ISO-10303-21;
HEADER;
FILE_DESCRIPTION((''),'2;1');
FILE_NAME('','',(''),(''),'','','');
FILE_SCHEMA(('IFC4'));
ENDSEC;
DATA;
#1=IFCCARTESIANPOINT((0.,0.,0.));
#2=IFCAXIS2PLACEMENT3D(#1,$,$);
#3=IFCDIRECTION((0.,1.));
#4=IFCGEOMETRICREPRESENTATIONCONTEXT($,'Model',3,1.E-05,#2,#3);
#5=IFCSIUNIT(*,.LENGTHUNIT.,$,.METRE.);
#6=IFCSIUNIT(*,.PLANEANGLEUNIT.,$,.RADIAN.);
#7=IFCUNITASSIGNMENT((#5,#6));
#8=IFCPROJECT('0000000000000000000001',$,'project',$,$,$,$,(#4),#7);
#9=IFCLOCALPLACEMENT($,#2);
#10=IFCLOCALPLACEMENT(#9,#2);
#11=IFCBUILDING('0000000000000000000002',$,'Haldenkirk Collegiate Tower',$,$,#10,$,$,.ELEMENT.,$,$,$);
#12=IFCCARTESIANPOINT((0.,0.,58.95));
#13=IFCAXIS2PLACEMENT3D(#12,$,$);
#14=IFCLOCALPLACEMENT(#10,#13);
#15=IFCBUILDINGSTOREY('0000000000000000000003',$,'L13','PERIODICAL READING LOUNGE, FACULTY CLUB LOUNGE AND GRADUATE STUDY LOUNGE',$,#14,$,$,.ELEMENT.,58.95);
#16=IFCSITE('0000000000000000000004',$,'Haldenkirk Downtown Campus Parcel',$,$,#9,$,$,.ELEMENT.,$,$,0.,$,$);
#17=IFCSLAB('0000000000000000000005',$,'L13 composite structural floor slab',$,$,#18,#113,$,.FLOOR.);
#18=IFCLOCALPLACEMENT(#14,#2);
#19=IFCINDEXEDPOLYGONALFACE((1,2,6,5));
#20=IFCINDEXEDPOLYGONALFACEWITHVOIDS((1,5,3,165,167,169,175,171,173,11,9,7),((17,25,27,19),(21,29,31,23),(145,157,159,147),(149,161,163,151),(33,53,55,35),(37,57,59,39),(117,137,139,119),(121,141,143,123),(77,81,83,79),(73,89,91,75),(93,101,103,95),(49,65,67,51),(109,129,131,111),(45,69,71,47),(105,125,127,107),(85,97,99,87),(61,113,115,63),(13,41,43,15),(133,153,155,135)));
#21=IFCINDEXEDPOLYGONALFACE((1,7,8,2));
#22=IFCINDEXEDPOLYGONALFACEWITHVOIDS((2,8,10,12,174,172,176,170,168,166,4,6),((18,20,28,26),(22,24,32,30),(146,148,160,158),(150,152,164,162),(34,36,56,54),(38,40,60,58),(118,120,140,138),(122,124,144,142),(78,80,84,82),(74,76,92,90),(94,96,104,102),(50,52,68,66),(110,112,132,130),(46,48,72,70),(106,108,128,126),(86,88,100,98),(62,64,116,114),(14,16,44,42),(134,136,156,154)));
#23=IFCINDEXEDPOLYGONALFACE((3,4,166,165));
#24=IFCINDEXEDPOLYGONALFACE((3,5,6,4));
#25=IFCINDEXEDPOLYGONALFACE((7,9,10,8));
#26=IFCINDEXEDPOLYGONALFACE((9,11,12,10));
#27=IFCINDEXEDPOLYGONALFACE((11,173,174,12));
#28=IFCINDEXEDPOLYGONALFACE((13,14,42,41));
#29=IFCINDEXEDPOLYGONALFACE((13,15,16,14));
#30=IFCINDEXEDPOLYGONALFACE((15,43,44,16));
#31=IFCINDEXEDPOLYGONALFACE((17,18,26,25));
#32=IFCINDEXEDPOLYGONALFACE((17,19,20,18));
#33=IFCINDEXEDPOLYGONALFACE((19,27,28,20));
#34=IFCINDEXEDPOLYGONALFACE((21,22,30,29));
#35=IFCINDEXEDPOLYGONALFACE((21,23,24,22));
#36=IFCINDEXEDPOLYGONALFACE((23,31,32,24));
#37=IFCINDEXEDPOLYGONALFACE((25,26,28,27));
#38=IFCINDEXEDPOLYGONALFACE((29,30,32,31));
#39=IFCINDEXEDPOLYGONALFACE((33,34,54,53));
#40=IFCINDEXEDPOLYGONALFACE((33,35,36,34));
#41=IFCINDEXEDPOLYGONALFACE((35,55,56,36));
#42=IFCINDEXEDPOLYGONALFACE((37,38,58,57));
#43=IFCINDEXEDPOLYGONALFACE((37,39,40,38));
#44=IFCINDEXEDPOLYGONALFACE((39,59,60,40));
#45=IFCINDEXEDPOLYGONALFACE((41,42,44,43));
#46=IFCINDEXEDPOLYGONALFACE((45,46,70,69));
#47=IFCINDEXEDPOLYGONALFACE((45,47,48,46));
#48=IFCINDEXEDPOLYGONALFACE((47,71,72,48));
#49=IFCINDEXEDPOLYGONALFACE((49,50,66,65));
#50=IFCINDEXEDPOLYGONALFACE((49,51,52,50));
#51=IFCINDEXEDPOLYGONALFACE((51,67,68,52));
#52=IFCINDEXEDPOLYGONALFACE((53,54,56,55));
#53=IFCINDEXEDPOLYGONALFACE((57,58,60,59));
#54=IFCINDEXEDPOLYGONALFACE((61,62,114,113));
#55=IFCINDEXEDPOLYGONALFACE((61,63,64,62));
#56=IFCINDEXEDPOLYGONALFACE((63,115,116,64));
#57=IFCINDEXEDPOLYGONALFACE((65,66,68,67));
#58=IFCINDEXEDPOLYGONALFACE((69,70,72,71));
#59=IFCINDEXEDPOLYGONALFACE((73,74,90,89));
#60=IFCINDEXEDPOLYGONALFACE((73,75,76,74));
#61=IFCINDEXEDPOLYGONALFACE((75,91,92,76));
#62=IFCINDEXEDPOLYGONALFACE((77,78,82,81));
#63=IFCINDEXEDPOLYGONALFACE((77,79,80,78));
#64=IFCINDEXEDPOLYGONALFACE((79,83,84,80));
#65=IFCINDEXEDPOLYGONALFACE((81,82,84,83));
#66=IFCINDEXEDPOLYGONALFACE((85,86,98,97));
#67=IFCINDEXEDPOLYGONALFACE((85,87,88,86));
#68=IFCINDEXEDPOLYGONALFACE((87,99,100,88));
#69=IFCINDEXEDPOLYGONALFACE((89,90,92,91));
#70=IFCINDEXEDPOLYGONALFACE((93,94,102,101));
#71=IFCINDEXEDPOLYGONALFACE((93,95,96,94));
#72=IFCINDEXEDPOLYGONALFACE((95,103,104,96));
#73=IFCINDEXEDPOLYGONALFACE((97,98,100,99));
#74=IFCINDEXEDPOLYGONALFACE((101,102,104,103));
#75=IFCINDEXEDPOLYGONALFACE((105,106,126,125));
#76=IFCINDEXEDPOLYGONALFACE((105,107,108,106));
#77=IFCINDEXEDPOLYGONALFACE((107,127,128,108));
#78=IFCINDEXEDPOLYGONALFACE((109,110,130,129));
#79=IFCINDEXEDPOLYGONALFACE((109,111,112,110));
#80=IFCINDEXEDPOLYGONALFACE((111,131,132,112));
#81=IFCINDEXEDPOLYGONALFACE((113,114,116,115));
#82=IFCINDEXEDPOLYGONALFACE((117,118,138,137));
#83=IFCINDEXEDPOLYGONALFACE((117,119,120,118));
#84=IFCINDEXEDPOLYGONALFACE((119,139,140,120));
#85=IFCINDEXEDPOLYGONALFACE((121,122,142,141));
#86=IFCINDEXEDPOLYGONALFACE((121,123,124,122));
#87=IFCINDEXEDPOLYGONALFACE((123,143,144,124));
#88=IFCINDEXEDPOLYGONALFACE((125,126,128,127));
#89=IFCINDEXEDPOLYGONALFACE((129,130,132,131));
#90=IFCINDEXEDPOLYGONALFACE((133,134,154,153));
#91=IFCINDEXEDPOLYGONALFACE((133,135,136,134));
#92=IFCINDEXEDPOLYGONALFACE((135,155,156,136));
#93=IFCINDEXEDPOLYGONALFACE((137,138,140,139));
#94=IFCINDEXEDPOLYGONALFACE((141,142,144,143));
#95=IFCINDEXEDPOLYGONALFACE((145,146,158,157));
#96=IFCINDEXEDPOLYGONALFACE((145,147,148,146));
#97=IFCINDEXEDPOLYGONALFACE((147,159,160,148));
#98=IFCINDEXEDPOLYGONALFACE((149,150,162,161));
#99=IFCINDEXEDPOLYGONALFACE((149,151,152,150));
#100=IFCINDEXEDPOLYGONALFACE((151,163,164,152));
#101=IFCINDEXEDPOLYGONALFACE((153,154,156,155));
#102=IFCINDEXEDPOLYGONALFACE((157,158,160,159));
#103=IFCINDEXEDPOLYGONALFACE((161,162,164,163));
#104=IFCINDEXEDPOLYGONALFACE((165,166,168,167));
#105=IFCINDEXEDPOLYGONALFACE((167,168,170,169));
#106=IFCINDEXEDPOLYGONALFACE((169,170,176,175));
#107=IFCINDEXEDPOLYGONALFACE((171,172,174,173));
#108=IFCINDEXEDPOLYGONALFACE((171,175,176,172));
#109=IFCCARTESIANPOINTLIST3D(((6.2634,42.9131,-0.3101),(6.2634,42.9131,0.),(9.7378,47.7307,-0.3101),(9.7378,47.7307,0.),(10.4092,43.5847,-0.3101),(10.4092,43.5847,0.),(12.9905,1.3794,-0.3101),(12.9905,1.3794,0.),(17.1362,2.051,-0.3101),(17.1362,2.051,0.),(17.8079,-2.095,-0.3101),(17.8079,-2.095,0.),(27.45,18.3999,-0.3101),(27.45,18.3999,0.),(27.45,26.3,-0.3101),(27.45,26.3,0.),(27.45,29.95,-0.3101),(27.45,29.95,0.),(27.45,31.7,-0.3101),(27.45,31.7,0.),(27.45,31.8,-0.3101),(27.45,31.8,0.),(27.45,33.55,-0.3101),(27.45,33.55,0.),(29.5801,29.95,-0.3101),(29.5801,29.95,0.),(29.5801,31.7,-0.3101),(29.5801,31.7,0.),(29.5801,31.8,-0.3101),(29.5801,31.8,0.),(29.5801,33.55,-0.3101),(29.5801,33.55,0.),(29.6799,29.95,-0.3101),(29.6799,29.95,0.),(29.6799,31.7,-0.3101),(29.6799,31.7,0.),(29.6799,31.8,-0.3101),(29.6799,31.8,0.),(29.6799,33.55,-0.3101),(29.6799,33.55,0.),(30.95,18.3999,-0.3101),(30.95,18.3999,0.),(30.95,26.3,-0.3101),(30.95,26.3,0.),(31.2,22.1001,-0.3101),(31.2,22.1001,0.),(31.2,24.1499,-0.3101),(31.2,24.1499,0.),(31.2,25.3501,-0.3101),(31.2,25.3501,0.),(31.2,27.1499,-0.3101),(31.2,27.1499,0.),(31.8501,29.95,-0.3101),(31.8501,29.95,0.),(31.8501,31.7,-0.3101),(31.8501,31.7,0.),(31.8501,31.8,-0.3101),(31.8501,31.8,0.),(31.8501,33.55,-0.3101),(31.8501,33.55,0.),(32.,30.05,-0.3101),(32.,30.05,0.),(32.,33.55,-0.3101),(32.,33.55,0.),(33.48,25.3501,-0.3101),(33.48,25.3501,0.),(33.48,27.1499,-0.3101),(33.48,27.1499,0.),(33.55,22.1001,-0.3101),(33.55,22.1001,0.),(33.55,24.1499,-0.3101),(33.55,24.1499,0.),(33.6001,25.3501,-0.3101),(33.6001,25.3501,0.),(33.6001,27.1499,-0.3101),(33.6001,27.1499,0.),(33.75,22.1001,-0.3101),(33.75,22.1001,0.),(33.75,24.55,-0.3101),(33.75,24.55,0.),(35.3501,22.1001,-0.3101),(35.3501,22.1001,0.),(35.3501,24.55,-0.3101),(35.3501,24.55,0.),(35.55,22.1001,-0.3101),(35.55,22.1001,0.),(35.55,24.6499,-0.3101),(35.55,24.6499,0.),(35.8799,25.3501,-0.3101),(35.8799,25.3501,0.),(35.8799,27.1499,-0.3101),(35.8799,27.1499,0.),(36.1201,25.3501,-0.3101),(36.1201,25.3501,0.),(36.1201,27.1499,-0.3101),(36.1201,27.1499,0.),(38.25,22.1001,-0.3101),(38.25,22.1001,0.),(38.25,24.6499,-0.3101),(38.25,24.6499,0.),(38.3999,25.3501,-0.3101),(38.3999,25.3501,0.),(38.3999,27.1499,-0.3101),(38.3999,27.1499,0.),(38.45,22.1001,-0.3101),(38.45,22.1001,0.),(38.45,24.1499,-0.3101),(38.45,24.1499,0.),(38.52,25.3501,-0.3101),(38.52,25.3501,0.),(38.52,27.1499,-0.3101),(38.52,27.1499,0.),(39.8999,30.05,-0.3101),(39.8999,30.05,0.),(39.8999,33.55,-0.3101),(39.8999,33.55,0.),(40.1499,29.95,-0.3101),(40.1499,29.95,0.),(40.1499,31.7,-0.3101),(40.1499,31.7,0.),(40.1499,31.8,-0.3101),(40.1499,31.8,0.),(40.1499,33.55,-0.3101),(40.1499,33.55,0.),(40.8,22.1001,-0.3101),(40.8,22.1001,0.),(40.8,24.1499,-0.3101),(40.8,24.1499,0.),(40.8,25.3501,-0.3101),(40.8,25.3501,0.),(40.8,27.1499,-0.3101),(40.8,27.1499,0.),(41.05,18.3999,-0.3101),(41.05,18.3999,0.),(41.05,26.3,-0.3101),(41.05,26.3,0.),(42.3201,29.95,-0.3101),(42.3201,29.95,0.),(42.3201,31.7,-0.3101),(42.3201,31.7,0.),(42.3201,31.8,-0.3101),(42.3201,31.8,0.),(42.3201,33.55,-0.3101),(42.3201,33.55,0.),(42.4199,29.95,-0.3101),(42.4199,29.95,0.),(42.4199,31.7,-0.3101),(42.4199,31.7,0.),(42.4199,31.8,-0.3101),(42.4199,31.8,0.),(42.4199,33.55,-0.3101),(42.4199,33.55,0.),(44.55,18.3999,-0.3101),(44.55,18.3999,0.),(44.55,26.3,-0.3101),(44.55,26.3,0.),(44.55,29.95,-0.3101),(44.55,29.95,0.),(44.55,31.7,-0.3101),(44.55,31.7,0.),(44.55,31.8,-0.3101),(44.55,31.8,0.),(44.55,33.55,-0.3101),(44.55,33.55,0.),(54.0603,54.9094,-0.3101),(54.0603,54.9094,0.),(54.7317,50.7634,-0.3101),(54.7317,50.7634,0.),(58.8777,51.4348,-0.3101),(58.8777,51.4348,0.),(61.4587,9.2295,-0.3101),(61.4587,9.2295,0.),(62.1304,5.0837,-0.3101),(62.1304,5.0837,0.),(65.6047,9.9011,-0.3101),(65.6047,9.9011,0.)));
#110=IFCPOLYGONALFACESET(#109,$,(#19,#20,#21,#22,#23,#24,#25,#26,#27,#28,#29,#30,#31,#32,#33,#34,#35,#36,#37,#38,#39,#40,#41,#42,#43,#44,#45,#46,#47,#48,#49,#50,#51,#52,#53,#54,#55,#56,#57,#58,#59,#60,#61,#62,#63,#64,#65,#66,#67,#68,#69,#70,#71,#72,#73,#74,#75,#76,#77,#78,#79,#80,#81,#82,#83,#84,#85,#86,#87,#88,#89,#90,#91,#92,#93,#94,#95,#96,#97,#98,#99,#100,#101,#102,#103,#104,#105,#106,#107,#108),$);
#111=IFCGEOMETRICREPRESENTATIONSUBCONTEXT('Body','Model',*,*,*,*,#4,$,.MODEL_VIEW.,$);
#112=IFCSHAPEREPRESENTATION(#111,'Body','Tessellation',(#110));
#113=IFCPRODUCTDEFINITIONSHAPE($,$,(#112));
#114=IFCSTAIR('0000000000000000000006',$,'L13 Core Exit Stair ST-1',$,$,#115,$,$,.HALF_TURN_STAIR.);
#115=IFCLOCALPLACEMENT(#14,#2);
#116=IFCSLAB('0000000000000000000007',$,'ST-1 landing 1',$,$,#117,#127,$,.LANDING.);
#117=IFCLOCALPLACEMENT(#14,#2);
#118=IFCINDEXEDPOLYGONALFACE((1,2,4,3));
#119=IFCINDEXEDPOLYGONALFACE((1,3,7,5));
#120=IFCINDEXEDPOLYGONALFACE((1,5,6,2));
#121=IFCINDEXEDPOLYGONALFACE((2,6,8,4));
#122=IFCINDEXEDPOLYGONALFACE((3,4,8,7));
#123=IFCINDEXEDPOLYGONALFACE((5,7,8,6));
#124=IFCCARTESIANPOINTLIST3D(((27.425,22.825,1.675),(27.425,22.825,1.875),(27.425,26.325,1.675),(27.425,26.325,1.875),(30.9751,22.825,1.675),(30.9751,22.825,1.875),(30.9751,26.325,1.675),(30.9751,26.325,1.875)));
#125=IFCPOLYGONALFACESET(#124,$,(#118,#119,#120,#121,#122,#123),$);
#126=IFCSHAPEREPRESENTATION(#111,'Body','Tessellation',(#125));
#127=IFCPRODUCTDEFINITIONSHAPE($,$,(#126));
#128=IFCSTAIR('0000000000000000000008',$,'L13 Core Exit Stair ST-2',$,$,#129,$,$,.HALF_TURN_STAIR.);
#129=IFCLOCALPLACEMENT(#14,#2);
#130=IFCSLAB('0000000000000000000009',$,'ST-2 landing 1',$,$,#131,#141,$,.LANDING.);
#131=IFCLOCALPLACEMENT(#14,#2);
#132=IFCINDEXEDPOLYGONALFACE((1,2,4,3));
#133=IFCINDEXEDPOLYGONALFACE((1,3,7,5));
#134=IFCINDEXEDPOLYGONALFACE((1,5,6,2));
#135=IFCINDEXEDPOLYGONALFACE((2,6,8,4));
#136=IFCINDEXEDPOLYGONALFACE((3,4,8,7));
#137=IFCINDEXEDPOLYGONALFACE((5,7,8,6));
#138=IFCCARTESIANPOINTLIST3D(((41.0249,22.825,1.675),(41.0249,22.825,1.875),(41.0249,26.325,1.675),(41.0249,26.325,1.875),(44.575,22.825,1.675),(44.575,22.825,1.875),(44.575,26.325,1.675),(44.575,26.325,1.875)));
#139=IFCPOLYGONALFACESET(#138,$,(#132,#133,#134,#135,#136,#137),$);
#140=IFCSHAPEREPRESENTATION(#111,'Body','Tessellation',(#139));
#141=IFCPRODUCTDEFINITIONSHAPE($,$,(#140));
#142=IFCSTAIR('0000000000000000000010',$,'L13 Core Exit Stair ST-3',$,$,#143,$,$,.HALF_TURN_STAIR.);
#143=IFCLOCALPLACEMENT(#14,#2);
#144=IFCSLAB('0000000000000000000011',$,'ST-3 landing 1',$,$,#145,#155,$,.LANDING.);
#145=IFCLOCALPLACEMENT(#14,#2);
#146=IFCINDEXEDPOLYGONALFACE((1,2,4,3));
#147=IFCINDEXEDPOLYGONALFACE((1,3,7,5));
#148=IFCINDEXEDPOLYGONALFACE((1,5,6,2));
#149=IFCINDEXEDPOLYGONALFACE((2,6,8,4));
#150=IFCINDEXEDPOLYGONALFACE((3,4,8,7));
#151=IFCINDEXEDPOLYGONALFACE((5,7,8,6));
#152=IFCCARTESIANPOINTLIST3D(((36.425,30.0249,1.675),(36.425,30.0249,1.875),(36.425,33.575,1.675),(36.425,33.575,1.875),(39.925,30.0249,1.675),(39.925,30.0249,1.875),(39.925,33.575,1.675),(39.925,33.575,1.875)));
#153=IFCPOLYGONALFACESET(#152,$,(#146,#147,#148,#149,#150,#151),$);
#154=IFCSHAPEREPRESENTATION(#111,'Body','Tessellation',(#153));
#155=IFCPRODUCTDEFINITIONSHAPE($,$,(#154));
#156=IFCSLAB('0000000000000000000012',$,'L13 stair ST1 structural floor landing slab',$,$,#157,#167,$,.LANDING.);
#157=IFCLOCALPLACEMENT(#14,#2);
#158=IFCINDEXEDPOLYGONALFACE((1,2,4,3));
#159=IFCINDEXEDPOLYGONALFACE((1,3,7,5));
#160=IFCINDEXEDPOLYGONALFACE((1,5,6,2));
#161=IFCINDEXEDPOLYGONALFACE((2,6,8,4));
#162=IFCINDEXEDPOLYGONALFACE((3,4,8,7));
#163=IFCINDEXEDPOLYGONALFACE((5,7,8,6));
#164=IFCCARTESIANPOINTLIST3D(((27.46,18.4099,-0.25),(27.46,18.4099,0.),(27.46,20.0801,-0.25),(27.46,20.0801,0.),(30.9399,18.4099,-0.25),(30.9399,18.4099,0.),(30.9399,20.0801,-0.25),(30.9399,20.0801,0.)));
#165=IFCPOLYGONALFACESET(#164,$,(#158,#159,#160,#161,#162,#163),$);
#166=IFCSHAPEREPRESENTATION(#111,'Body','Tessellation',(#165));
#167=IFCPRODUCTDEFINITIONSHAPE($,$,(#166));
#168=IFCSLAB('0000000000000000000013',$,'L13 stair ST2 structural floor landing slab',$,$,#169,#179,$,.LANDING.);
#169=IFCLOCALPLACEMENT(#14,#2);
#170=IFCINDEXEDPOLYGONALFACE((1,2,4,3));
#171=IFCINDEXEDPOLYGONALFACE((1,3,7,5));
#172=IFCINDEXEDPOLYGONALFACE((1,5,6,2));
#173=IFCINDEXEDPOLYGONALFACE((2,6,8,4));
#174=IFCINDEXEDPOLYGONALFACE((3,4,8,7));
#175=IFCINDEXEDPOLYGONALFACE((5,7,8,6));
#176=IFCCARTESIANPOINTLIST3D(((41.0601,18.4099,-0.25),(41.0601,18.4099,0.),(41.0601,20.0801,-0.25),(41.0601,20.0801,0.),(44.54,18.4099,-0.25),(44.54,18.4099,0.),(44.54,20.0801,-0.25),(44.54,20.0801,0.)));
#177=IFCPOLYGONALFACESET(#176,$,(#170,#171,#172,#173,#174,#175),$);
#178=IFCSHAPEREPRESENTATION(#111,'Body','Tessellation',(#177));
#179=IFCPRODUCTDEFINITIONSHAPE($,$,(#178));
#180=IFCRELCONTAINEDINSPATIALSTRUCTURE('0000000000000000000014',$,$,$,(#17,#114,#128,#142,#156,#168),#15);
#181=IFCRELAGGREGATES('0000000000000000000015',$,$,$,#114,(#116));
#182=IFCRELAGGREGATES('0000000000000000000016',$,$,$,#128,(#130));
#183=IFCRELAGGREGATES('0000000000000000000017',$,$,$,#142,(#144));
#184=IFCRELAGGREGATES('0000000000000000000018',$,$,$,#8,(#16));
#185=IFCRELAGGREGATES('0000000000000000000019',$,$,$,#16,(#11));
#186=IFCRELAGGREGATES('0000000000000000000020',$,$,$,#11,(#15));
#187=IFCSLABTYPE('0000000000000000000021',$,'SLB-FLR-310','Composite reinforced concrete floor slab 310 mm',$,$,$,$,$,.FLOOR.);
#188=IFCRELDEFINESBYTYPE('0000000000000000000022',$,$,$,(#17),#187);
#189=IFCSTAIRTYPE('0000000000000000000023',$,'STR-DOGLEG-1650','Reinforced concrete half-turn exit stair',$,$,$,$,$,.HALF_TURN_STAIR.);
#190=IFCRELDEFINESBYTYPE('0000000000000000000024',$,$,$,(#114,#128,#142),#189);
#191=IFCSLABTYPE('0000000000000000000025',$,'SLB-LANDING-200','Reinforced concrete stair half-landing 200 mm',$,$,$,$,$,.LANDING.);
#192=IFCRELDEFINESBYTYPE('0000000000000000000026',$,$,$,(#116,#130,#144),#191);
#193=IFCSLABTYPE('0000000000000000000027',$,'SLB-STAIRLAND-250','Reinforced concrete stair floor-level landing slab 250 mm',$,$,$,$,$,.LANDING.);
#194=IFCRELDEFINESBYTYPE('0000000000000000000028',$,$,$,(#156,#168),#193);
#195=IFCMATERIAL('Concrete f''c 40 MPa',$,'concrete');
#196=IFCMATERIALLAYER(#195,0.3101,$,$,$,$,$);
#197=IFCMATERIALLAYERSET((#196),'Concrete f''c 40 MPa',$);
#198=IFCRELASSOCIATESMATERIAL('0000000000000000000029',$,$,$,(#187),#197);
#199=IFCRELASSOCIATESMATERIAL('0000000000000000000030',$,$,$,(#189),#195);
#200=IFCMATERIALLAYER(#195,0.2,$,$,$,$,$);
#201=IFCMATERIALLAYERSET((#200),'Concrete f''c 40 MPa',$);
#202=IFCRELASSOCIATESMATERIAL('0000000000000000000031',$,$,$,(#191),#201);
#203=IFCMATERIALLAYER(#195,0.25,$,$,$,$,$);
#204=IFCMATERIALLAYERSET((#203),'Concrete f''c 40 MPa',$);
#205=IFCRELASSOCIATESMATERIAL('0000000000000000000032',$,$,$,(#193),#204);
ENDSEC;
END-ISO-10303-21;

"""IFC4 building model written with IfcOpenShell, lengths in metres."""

from ifc_helpers import new_model, si_unit, direction, frame, origin, place, context, subcontext, project, spatial, polyline, outline, extrude, material, layer, layer_set, type_object, element, aggregate, save


model = new_model("IFC4")

# Units and contexts
model_context = context("Model", 3, precision=1e-05, world=origin(), true_north=direction((0.0, 1.0)))
body_context = subcontext(model_context, "Body", "Model", "MODEL_VIEW")
ifc_project = project(units=[si_unit("LENGTHUNIT", "METRE"), si_unit("PLANEANGLEUNIT", "RADIAN")], contexts=[model_context])

# Site, building, storey
site_placement = place(None, origin())
site = spatial("IfcSite", under=ifc_project, at=site_placement, Name="Haldenkirk Downtown Campus Parcel", CompositionType="ELEMENT", RefElevation=0.0)
building_placement = place(site_placement, origin())
building = spatial("IfcBuilding", under=site, at=building_placement, Name="Haldenkirk Collegiate Tower", CompositionType="ELEMENT")
storey_placement = place(building_placement, frame((0.0, 0.0, 58.95)))
storey = spatial("IfcBuildingStorey", under=building, at=storey_placement, Name="L13", Description="PERIODICAL READING LOUNGE, FACULTY CLUB LOUNGE AND GRADUATE STUDY LOUNGE", CompositionType="ELEMENT", Elevation=58.95)

# Slab
ifc_material_1 = material(Name="Concrete f'c 40 MPa", Category="concrete")
ifc_layer_1 = layer(ifc_material_1, 0.3101)
ifc_layer_set_1 = layer_set([ifc_layer_1], Name="Concrete f'c 40 MPa")
slab_type_1 = type_object("IfcSlabType", Name="SLB-FLR-310", Description="Composite reinforced concrete floor slab 310 mm", PredefinedType="FLOOR", material=ifc_layer_set_1)
slab_1_placement = place(storey_placement, frame((0.0, 0.0, -0.3101)))
element("IfcSlab", 1, at=slab_1_placement, inside=storey, type_object=slab_type_1, Name="L13 composite structural floor slab", PredefinedType="FLOOR", context=body_context, shape_type="SweptSolid", body=[
    extrude(outline(polyline([(17.8079, -2.095), (62.1304, 5.0837), (61.4587, 9.2295), (65.6047, 9.9011), (58.8777, 51.4348), (54.7317, 50.7634), (54.0603, 54.9094), (9.7378, 47.7307), (10.4092, 43.5847), (6.2634, 42.9131), (12.9905, 1.3794), (17.1362, 2.051), (17.8079, -2.095)]), holes=[polyline([(27.45, 18.3999), (30.95, 18.3999), (30.95, 26.3), (27.45, 26.3), (27.45, 18.3999)]), polyline([(41.05, 18.3999), (44.55, 18.3999), (44.55, 26.3), (41.05, 26.3), (41.05, 18.3999)]), polyline([(32.0, 30.05), (39.8999, 30.05), (39.8999, 33.55), (32.0, 33.55), (32.0, 30.05)]), polyline([(33.75, 22.1001), (35.3501, 22.1001), (35.3501, 24.55), (33.75, 24.55), (33.75, 22.1001)]), polyline([(27.45, 29.95), (29.5801, 29.95), (29.5801, 31.7), (27.45, 31.7), (27.45, 29.95)]), polyline([(29.6799, 29.95), (31.8501, 29.95), (31.8501, 31.7), (29.6799, 31.7), (29.6799, 29.95)]), polyline([(27.45, 31.8), (29.5801, 31.8), (29.5801, 33.55), (27.45, 33.55), (27.45, 31.8)]), polyline([(29.6799, 31.8), (31.8501, 31.8), (31.8501, 33.55), (29.6799, 33.55), (29.6799, 31.8)]), polyline([(40.1499, 29.95), (42.3201, 29.95), (42.3201, 31.7), (40.1499, 31.7), (40.1499, 29.95)]), polyline([(42.4199, 29.95), (44.55, 29.95), (44.55, 31.7), (42.4199, 31.7), (42.4199, 29.95)]), polyline([(40.1499, 31.8), (42.3201, 31.8), (42.3201, 33.55), (40.1499, 33.55), (40.1499, 31.8)]), polyline([(42.4199, 31.8), (44.55, 31.8), (44.55, 33.55), (42.4199, 33.55), (42.4199, 31.8)]), polyline([(31.2, 25.3501), (33.48, 25.3501), (33.48, 27.1499), (31.2, 27.1499), (31.2, 25.3501)]), polyline([(33.6001, 25.3501), (35.8799, 25.3501), (35.8799, 27.1499), (33.6001, 27.1499), (33.6001, 25.3501)]), polyline([(36.1201, 25.3501), (38.3999, 25.3501), (38.3999, 27.1499), (36.1201, 27.1499), (36.1201, 25.3501)]), polyline([(38.52, 25.3501), (40.8, 25.3501), (40.8, 27.1499), (38.52, 27.1499), (38.52, 25.3501)]), polyline([(31.2, 22.1001), (33.55, 22.1001), (33.55, 24.1499), (31.2, 24.1499), (31.2, 22.1001)]), polyline([(38.45, 22.1001), (40.8, 22.1001), (40.8, 24.1499), (38.45, 24.1499), (38.45, 22.1001)]), polyline([(35.55, 22.1001), (38.25, 22.1001), (38.25, 24.6499), (35.55, 24.6499), (35.55, 22.1001)])]), origin(), (0.0, 0.0, 1.0), 0.3101),
])

# Stairs, slabs
stair_type = type_object("IfcStairType", Name="STR-DOGLEG-1650", Description="Reinforced concrete half-turn exit stair", PredefinedType="HALF_TURN_STAIR", material=ifc_material_1)
stair_1_placement = place(storey_placement, origin())
stair_1 = element("IfcStair", 2, at=stair_1_placement, inside=storey, type_object=stair_type, Name="L13 Core Exit Stair ST-1", PredefinedType="HALF_TURN_STAIR")
ifc_layer_2 = layer(ifc_material_1, 0.2)
ifc_layer_set_2 = layer_set([ifc_layer_2], Name="Concrete f'c 40 MPa")
slab_type_2 = type_object("IfcSlabType", Name="SLB-LANDING-200", Description="Reinforced concrete stair half-landing 200 mm", PredefinedType="LANDING", material=ifc_layer_set_2)
slab_2_placement = place(storey_placement, frame((0.0, 0.0, 1.675)))
slab_2 = element("IfcSlab", 3, at=slab_2_placement, type_object=slab_type_2, Name="ST-1 landing 1", PredefinedType="LANDING", context=body_context, shape_type="SweptSolid", body=[
    extrude(outline(polyline([(30.9751, 22.825), (27.425, 22.825), (27.425, 26.325), (30.9751, 26.325), (30.9751, 22.825)])), origin(), (0.0, 0.0, 1.0), 0.2),
])
aggregate(stair_1, [slab_2])
stair_2_placement = place(storey_placement, origin())
stair_2 = element("IfcStair", 4, at=stair_2_placement, inside=storey, type_object=stair_type, Name="L13 Core Exit Stair ST-2", PredefinedType="HALF_TURN_STAIR")
slab_3_placement = place(storey_placement, frame((0.0, 0.0, 1.675)))
slab_3 = element("IfcSlab", 5, at=slab_3_placement, type_object=slab_type_2, Name="ST-2 landing 1", PredefinedType="LANDING", context=body_context, shape_type="SweptSolid", body=[
    extrude(outline(polyline([(44.575, 22.825), (41.0249, 22.825), (41.0249, 26.325), (44.575, 26.325), (44.575, 22.825)])), origin(), (0.0, 0.0, 1.0), 0.2),
])
aggregate(stair_2, [slab_3])
stair_3_placement = place(storey_placement, origin())
stair_3 = element("IfcStair", 6, at=stair_3_placement, inside=storey, type_object=stair_type, Name="L13 Core Exit Stair ST-3", PredefinedType="HALF_TURN_STAIR")
slab_4_placement = place(storey_placement, frame((0.0, 0.0, 1.675)))
slab_4 = element("IfcSlab", 7, at=slab_4_placement, type_object=slab_type_2, Name="ST-3 landing 1", PredefinedType="LANDING", context=body_context, shape_type="SweptSolid", body=[
    extrude(outline(polyline([(36.425, 30.0249), (36.425, 33.575), (39.925, 33.575), (39.925, 30.0249), (36.425, 30.0249)])), origin(), (0.0, 0.0, 1.0), 0.2),
])
aggregate(stair_3, [slab_4])

# Slabs
ifc_layer_3 = layer(ifc_material_1, 0.25)
ifc_layer_set_3 = layer_set([ifc_layer_3], Name="Concrete f'c 40 MPa")
slab_type_3 = type_object("IfcSlabType", Name="SLB-STAIRLAND-250", Description="Reinforced concrete stair floor-level landing slab 250 mm", PredefinedType="LANDING", material=ifc_layer_set_3)
slab_5_placement = place(storey_placement, frame((0.0, 0.0, -0.25)))
element("IfcSlab", 8, at=slab_5_placement, inside=storey, type_object=slab_type_3, Name="L13 stair ST1 structural floor landing slab", PredefinedType="LANDING", context=body_context, shape_type="SweptSolid", body=[
    extrude(outline(polyline([(27.46, 18.4099), (30.9399, 18.4099), (30.9399, 20.0801), (27.46, 20.0801), (27.46, 18.4099)])), origin(), (0.0, 0.0, 1.0), 0.25),
])
slab_6_placement = place(storey_placement, frame((0.0, 0.0, -0.25)))
element("IfcSlab", 9, at=slab_6_placement, inside=storey, type_object=slab_type_3, Name="L13 stair ST2 structural floor landing slab", PredefinedType="LANDING", context=body_context, shape_type="SweptSolid", body=[
    extrude(outline(polyline([(41.0601, 18.4099), (44.54, 18.4099), (44.54, 20.0801), (41.0601, 20.0801), (41.0601, 18.4099)])), origin(), (0.0, 0.0, 1.0), 0.25),
])

save(model, "model.ifc")
